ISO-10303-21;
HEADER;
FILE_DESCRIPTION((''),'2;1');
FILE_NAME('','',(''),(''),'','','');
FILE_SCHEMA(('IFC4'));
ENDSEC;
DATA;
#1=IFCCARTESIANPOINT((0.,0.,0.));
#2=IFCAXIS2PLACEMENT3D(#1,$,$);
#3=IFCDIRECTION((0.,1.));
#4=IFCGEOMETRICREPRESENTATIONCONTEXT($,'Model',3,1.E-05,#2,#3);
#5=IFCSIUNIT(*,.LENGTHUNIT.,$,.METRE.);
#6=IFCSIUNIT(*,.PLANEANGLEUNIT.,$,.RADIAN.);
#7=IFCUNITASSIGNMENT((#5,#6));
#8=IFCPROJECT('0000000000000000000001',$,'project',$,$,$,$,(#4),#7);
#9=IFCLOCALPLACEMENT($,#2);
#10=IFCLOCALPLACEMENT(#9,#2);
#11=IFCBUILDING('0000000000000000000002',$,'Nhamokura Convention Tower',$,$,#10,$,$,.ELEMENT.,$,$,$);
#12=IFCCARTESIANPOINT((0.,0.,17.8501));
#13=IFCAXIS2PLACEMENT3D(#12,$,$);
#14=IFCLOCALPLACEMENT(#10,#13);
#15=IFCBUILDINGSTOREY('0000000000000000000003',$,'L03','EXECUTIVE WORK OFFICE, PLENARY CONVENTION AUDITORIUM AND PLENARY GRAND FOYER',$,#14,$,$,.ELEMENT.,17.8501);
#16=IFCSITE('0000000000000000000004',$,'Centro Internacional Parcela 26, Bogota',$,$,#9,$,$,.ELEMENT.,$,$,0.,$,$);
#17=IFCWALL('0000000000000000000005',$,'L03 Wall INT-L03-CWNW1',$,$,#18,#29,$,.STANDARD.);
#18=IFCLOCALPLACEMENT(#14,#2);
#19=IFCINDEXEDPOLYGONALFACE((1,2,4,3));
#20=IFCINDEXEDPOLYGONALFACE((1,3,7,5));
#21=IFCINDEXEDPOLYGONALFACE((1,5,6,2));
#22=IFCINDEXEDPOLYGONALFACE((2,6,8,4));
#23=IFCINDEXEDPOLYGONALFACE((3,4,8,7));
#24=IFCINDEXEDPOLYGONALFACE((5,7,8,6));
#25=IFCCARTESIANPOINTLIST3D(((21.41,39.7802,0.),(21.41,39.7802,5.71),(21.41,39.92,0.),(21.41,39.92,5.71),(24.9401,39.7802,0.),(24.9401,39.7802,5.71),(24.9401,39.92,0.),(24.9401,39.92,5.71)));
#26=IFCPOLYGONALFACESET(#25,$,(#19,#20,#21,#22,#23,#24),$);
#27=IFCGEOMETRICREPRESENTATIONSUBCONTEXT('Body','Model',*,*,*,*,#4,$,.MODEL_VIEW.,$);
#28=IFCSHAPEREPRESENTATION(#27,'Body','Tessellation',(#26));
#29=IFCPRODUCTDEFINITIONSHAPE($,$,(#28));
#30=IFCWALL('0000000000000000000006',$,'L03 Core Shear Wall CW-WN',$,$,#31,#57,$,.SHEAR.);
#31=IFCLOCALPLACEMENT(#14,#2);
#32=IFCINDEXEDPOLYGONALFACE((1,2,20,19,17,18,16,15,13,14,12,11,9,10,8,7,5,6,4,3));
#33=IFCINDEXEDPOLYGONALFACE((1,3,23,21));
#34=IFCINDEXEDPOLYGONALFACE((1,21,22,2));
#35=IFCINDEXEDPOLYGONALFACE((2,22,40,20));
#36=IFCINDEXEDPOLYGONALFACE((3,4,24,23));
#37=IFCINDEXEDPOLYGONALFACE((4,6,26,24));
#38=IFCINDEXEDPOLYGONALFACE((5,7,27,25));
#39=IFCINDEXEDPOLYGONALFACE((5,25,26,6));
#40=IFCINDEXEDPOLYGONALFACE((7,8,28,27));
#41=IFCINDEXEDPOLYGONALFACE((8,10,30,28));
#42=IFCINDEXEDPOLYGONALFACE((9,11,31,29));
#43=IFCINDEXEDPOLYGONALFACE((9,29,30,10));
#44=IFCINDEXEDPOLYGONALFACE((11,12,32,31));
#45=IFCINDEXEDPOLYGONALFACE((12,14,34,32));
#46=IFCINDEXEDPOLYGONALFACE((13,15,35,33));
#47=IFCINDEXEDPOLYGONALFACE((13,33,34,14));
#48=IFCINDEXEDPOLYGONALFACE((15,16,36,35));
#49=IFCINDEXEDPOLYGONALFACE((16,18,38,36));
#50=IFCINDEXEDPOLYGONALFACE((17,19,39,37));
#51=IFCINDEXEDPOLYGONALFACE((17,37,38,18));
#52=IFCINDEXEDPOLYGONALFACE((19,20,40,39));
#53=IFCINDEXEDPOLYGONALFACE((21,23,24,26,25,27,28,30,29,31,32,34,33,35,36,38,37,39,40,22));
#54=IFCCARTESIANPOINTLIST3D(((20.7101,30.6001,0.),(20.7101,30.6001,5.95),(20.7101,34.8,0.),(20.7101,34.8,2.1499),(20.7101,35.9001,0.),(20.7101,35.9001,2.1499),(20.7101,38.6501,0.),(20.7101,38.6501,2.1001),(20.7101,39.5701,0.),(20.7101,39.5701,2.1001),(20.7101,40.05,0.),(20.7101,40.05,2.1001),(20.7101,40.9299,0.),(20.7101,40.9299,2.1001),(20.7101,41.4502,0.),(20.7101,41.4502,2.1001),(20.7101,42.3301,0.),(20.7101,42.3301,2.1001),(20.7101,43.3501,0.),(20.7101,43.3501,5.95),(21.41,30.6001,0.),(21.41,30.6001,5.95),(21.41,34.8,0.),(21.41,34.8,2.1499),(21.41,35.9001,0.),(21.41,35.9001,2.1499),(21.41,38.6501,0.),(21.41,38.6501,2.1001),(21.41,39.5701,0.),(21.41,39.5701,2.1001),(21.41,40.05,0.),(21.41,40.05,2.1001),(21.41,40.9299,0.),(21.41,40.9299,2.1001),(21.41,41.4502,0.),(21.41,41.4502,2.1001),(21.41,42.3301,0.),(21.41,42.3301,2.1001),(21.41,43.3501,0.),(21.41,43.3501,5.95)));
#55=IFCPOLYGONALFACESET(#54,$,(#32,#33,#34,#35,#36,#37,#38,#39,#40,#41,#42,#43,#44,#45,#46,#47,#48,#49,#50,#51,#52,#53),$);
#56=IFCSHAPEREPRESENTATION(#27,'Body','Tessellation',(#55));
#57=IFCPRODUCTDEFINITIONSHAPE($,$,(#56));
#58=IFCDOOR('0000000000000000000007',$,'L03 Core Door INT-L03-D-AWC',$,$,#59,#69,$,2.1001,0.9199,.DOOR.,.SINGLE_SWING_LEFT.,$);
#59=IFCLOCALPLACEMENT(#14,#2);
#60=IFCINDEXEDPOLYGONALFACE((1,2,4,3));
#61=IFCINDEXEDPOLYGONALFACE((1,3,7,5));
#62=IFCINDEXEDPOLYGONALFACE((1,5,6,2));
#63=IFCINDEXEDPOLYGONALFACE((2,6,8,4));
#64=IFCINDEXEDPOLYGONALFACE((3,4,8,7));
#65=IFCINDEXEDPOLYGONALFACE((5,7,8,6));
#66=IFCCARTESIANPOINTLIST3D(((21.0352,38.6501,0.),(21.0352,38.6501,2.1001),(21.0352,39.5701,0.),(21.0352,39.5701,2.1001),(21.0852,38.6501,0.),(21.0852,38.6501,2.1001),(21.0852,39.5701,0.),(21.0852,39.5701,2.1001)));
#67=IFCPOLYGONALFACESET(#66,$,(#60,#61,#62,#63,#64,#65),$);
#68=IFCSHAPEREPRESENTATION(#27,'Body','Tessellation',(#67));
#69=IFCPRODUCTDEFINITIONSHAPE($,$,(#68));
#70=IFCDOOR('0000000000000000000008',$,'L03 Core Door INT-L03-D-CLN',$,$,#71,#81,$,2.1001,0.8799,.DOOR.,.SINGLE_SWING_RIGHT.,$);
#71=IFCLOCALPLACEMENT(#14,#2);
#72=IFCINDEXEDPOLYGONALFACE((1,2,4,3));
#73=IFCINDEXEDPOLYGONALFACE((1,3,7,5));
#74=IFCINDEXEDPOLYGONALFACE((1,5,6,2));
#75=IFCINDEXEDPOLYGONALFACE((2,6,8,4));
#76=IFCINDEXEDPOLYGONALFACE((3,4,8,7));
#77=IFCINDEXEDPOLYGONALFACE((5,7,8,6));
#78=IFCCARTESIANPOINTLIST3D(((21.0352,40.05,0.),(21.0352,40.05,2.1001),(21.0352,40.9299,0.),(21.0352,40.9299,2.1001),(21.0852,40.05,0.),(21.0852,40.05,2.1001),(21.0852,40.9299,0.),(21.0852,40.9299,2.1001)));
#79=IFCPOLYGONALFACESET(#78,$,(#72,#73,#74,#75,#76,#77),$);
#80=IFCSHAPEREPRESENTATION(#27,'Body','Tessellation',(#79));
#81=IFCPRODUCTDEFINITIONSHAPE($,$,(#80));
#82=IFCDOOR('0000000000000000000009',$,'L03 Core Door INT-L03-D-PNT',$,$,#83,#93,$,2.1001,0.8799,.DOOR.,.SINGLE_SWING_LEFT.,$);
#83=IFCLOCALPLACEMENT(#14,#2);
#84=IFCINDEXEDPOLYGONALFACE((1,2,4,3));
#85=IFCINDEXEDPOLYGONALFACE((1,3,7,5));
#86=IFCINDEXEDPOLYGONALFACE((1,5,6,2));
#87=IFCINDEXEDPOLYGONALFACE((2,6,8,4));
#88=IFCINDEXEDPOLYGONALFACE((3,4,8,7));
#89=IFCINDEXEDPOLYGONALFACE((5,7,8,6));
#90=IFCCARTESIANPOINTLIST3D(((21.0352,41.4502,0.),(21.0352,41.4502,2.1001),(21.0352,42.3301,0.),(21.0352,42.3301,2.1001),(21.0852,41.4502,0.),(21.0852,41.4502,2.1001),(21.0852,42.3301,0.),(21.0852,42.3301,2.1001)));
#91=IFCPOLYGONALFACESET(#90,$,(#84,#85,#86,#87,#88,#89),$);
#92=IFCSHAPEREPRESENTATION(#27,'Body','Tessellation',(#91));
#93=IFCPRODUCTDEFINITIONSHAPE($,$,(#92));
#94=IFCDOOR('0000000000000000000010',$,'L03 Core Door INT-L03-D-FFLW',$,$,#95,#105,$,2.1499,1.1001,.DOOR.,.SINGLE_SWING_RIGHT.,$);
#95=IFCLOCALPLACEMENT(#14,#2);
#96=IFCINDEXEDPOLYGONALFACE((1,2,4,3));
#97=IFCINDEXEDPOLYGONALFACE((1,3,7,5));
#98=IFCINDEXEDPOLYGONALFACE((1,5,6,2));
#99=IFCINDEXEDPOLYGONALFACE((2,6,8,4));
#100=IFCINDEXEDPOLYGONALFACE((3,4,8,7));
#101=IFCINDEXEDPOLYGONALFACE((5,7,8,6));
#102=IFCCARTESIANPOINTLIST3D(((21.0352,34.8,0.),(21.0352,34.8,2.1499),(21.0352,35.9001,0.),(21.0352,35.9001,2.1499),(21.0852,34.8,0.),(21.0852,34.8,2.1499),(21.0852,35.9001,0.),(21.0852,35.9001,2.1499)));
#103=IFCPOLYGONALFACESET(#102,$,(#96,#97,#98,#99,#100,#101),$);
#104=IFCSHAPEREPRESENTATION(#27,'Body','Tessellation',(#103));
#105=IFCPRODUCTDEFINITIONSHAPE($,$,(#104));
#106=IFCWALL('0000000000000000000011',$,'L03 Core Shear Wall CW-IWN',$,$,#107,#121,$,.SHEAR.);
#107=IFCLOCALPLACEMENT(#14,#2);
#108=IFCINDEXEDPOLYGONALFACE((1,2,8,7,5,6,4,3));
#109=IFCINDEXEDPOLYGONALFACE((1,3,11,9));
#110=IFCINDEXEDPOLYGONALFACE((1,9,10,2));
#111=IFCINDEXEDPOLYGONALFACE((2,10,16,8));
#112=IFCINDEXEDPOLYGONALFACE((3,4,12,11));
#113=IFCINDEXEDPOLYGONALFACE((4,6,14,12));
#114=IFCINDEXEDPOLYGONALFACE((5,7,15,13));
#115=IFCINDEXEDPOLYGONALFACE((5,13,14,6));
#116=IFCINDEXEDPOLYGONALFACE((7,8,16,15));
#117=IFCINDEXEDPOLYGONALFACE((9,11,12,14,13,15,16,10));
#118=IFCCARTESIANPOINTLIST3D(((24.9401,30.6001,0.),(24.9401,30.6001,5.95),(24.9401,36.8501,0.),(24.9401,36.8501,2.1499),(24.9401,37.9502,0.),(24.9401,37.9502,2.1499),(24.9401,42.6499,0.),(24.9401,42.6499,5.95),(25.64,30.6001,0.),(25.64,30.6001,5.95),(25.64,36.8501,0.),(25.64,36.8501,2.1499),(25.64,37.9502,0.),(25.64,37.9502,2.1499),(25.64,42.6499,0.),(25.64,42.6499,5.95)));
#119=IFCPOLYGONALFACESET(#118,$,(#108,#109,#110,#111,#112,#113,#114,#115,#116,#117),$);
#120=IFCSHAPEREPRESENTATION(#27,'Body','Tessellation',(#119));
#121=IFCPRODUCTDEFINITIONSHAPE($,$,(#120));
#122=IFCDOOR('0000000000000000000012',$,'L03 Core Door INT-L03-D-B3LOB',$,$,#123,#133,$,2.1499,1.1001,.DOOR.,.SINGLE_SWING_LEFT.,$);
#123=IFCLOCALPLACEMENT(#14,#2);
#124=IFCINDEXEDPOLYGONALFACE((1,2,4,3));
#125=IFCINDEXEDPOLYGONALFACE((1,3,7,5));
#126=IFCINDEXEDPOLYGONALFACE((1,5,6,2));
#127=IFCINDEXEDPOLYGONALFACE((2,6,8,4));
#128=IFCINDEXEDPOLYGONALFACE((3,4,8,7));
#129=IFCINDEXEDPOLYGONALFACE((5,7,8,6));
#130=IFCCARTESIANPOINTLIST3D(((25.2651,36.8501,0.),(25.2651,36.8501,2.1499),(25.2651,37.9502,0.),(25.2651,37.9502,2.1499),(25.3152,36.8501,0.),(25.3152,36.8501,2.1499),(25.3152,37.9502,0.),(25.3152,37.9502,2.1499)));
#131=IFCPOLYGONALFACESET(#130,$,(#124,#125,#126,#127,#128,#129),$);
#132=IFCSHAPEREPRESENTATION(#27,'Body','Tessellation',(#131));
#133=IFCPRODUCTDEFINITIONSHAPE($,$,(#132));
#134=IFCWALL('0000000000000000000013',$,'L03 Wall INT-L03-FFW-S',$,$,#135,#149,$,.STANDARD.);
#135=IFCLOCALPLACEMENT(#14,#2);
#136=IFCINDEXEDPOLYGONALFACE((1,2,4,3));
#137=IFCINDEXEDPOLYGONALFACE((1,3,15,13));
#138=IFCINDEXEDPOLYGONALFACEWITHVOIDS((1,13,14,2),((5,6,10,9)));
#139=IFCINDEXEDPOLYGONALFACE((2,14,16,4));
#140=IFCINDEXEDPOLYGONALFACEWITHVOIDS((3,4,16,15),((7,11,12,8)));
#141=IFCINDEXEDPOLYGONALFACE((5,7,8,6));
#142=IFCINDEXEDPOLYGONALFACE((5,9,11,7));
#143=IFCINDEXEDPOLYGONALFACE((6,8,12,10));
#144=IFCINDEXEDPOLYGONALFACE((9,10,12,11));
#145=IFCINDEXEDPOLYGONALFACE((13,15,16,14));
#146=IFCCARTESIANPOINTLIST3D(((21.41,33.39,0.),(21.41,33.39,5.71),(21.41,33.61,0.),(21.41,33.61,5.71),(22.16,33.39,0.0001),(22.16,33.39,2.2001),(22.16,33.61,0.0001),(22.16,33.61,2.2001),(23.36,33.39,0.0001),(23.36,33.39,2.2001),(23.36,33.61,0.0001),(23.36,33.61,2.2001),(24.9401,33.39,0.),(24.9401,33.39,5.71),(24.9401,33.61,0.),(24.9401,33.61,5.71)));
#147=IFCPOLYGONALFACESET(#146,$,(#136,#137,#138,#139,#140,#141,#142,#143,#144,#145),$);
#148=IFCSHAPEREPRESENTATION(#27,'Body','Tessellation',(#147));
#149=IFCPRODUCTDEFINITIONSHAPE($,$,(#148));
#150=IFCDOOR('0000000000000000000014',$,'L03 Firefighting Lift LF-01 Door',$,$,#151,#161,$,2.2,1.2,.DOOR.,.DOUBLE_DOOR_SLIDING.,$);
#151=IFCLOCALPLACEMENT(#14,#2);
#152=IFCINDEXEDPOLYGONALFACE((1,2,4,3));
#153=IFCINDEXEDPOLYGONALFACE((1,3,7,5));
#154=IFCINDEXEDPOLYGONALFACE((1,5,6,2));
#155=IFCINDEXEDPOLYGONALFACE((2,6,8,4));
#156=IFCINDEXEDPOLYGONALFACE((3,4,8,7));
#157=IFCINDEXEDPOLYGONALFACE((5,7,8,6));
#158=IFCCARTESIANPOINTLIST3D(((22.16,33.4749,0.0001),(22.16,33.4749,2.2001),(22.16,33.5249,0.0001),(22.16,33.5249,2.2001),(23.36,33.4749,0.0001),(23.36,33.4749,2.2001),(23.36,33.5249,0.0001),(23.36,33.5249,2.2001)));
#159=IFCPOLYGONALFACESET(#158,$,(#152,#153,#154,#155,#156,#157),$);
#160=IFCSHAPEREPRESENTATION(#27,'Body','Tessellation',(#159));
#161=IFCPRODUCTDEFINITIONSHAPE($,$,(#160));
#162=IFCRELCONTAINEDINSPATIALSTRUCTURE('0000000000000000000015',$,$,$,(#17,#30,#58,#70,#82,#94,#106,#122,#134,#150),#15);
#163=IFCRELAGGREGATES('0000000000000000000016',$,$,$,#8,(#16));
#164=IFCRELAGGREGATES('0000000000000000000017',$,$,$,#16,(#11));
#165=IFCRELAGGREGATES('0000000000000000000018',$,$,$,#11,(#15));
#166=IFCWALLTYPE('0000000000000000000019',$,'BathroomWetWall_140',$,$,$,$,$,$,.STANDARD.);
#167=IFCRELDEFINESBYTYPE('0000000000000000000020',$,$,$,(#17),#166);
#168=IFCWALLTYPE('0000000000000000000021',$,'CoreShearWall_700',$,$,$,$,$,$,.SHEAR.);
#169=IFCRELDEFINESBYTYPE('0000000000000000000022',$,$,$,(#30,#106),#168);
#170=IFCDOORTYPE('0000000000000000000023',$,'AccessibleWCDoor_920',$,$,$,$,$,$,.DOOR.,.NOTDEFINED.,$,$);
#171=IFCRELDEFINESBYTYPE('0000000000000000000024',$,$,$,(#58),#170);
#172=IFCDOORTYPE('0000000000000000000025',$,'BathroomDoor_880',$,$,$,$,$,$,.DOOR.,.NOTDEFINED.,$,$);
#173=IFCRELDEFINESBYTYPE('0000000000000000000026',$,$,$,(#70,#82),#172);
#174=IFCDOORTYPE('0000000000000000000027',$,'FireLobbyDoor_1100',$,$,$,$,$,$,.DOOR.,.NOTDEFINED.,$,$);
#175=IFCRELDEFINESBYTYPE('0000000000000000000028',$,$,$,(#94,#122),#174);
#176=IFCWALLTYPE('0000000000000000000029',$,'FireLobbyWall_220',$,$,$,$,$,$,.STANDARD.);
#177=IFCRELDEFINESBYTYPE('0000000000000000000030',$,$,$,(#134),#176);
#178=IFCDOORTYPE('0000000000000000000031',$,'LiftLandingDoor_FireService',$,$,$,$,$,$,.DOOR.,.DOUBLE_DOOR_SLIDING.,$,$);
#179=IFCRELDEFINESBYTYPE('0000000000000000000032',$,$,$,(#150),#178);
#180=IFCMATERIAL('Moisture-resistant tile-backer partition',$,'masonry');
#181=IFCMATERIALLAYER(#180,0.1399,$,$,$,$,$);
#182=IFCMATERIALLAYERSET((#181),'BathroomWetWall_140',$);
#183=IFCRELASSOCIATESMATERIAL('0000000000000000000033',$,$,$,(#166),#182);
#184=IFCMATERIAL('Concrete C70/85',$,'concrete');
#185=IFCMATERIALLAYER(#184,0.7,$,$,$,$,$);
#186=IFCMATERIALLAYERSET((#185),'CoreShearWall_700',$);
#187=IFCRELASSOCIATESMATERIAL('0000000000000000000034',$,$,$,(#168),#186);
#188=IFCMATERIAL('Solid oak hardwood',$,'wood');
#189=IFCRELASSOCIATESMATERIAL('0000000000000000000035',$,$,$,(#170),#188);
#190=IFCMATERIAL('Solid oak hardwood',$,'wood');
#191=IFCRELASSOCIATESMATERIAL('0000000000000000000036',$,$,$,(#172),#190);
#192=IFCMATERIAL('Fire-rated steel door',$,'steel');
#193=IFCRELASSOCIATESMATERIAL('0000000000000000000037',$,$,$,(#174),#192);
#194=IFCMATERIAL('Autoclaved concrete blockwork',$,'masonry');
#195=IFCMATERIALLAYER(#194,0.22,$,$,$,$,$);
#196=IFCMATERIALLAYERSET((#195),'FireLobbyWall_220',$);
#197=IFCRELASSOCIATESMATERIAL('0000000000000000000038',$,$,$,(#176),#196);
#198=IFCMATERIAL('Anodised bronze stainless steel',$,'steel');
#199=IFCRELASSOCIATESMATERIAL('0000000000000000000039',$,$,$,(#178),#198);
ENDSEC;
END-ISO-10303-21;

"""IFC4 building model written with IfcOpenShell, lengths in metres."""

from ifc_helpers import new_model, si_unit, direction, frame, frame_2d, origin, place, context, subcontext, project, spatial, rectangle, extrude, material, layer, layer_set, type_object, element, fill, save


model = new_model("IFC4")

# Units and contexts
model_context = context("Model", 3, precision=1e-05, world=origin(), true_north=direction((0.0, 1.0)))
body_context = subcontext(model_context, "Body", "Model", "MODEL_VIEW")
ifc_project = project(units=[si_unit("LENGTHUNIT", "METRE"), si_unit("PLANEANGLEUNIT", "RADIAN")], contexts=[model_context])

# Site, building, storey
site_placement = place(None, origin())
site = spatial("IfcSite", under=ifc_project, at=site_placement, Name="Centro Internacional Parcela 26, Bogota", CompositionType="ELEMENT", RefElevation=0.0)
building_placement = place(site_placement, origin())
building = spatial("IfcBuilding", under=site, at=building_placement, Name="Nhamokura Convention Tower", CompositionType="ELEMENT")
storey_placement = place(building_placement, frame((0.0, 0.0, 17.8501)))
storey = spatial("IfcBuildingStorey", under=building, at=storey_placement, Name="L03", Description="EXECUTIVE WORK OFFICE, PLENARY CONVENTION AUDITORIUM AND PLENARY GRAND FOYER", CompositionType="ELEMENT", Elevation=17.8501)

# Wall
ifc_material_1 = material(Name="Moisture-resistant tile-backer partition", Category="masonry")
ifc_layer_1 = layer(ifc_material_1, 0.1399)
ifc_layer_set_1 = layer_set([ifc_layer_1], Name="BathroomWetWall_140")
wall_type_1 = type_object("IfcWallType", Name="BathroomWetWall_140", PredefinedType="STANDARD", material=ifc_layer_set_1)
wall_1_placement = place(storey_placement, frame((21.4099, 39.8501, 0.0), z_axis=(0.0, 0.0, 1.0), x_axis=(1.0, 0.0, 0.0)))
element("IfcWall", 1, at=wall_1_placement, inside=storey, type_object=wall_type_1, Name="L03 Wall INT-L03-CWNW1", PredefinedType="STANDARD", context=body_context, shape_type="SweptSolid", body=[
    extrude(rectangle(XDim=3.53, YDim=0.1399, at=frame_2d((1.7651, 0.0))), origin(), (0.0, 0.0, 1.0), 5.71),
])

# Wall, openings, doors
ifc_material_2 = material(Name="Concrete C70/85", Category="concrete")
ifc_layer_2 = layer(ifc_material_2, 0.7)
ifc_layer_set_2 = layer_set([ifc_layer_2], Name="CoreShearWall_700")
wall_type_2 = type_object("IfcWallType", Name="CoreShearWall_700", PredefinedType="SHEAR", material=ifc_layer_set_2)
wall_2_placement = place(storey_placement, frame((21.0601, 30.6001, 0.0), z_axis=(0.0, 0.0, 1.0), x_axis=(0.0, 1.0, 0.0)))
wall_2 = element("IfcWall", 2, at=wall_2_placement, inside=storey, type_object=wall_type_2, Name="L03 Core Shear Wall CW-WN", PredefinedType="SHEAR", context=body_context, shape_type="SweptSolid", body=[
    extrude(rectangle(XDim=12.75, YDim=0.7, at=frame_2d((6.375, 0.0))), origin(), (0.0, 0.0, 1.0), 5.95),
])
opening_1_placement = place(wall_2_placement, frame((4.2, 0.0, 0.0)))
opening_1 = element("IfcOpeningElement", 3, at=opening_1_placement, cuts=wall_2, PredefinedType="OPENING", context=body_context, shape_type="SweptSolid", body=[
    extrude(rectangle(XDim=1.1001, YDim=2.1499, at=frame_2d((0.55, 1.075))), frame((0.0, 0.3599, 0.0), z_axis=(0.0, -1.0, 0.0), x_axis=(1.0, 0.0, 0.0)), (0.0, 0.0, 1.0), 0.72),
])
opening_2_placement = place(wall_2_placement, frame((8.05, 0.0, 0.0)))
opening_2 = element("IfcOpeningElement", 4, at=opening_2_placement, cuts=wall_2, PredefinedType="OPENING", context=body_context, shape_type="SweptSolid", body=[
    extrude(rectangle(XDim=0.9199, YDim=2.1001, at=frame_2d((0.46, 1.05))), frame((0.0, 0.3599, 0.0), z_axis=(0.0, -1.0, 0.0), x_axis=(1.0, 0.0, 0.0)), (0.0, 0.0, 1.0), 0.72),
])
opening_3_placement = place(wall_2_placement, frame((9.45, 0.0, 0.0)))
opening_3 = element("IfcOpeningElement", 5, at=opening_3_placement, cuts=wall_2, PredefinedType="OPENING", context=body_context, shape_type="SweptSolid", body=[
    extrude(rectangle(XDim=0.8799, YDim=2.1001, at=frame_2d((0.4399, 1.05))), frame((0.0, 0.3599, 0.0), z_axis=(0.0, -1.0, 0.0), x_axis=(1.0, 0.0, 0.0)), (0.0, 0.0, 1.0), 0.72),
])
opening_4_placement = place(wall_2_placement, frame((10.8501, 0.0, 0.0)))
opening_4 = element("IfcOpeningElement", 6, at=opening_4_placement, cuts=wall_2, PredefinedType="OPENING", context=body_context, shape_type="SweptSolid", body=[
    extrude(rectangle(XDim=0.8799, YDim=2.1001, at=frame_2d((0.4399, 1.05))), frame((0.0, 0.3599, 0.0), z_axis=(0.0, -1.0, 0.0), x_axis=(1.0, 0.0, 0.0)), (0.0, 0.0, 1.0), 0.72),
])
ifc_material_3 = material(Name="Solid oak hardwood", Category="wood")
door_type_1 = type_object("IfcDoorType", Name="AccessibleWCDoor_920", OperationType="NOTDEFINED", PredefinedType="DOOR", material=ifc_material_3)
door_1_placement = place(opening_2_placement, origin())
door_1 = element("IfcDoor", 7, at=door_1_placement, inside=storey, type_object=door_type_1, Name="L03 Core Door INT-L03-D-AWC", OperationType="SINGLE_SWING_LEFT", OverallHeight=2.1001, OverallWidth=0.9199, PredefinedType="DOOR", context=body_context, shape_type="SweptSolid", body=[
    extrude(rectangle(XDim=0.9199, YDim=2.1001, at=frame_2d((0.46, 1.05))), frame((0.0, 0.0249, 0.0), z_axis=(0.0, -1.0, 0.0), x_axis=(1.0, 0.0, 0.0)), (0.0, 0.0, 1.0), 0.05),
])
fill(opening_2, door_1)
ifc_material_4 = material(Name="Solid oak hardwood", Category="wood")
door_type_2 = type_object("IfcDoorType", Name="BathroomDoor_880", OperationType="NOTDEFINED", PredefinedType="DOOR", material=ifc_material_4)
door_2_placement = place(opening_3_placement, origin())
door_2 = element("IfcDoor", 8, at=door_2_placement, inside=storey, type_object=door_type_2, Name="L03 Core Door INT-L03-D-CLN", OperationType="SINGLE_SWING_RIGHT", OverallHeight=2.1001, OverallWidth=0.8799, PredefinedType="DOOR", context=body_context, shape_type="SweptSolid", body=[
    extrude(rectangle(XDim=0.8799, YDim=2.1001, at=frame_2d((0.4399, 1.05))), frame((0.0, 0.0249, 0.0), z_axis=(0.0, -1.0, 0.0), x_axis=(1.0, 0.0, 0.0)), (0.0, 0.0, 1.0), 0.05),
])
fill(opening_3, door_2)
door_3_placement = place(opening_4_placement, origin())
door_3 = element("IfcDoor", 9, at=door_3_placement, inside=storey, type_object=door_type_2, Name="L03 Core Door INT-L03-D-PNT", OperationType="SINGLE_SWING_LEFT", OverallHeight=2.1001, OverallWidth=0.8799, PredefinedType="DOOR", context=body_context, shape_type="SweptSolid", body=[
    extrude(rectangle(XDim=0.8799, YDim=2.1001, at=frame_2d((0.4399, 1.05))), frame((0.0, 0.0249, 0.0), z_axis=(0.0, -1.0, 0.0), x_axis=(1.0, 0.0, 0.0)), (0.0, 0.0, 1.0), 0.05),
])
fill(opening_4, door_3)
ifc_material_5 = material(Name="Fire-rated steel door", Category="steel")
door_type_3 = type_object("IfcDoorType", Name="FireLobbyDoor_1100", OperationType="NOTDEFINED", PredefinedType="DOOR", material=ifc_material_5)
door_4_placement = place(opening_1_placement, origin())
door_4 = element("IfcDoor", 10, at=door_4_placement, inside=storey, type_object=door_type_3, Name="L03 Core Door INT-L03-D-FFLW", OperationType="SINGLE_SWING_RIGHT", OverallHeight=2.1499, OverallWidth=1.1001, PredefinedType="DOOR", context=body_context, shape_type="SweptSolid", body=[
    extrude(rectangle(XDim=1.1001, YDim=2.1499, at=frame_2d((0.55, 1.075))), frame((0.0, 0.0249, 0.0), z_axis=(0.0, -1.0, 0.0), x_axis=(1.0, 0.0, 0.0)), (0.0, 0.0, 1.0), 0.05),
])
fill(opening_1, door_4)

# Walls, openings, doors
wall_3_placement = place(storey_placement, frame((25.29, 30.6001, 0.0), z_axis=(0.0, 0.0, 1.0), x_axis=(0.0, 1.0, 0.0)))
wall_3 = element("IfcWall", 11, at=wall_3_placement, inside=storey, type_object=wall_type_2, Name="L03 Core Shear Wall CW-IWN", PredefinedType="SHEAR", context=body_context, shape_type="SweptSolid", body=[
    extrude(rectangle(XDim=12.0498, YDim=0.7, at=frame_2d((6.0249, 0.0))), origin(), (0.0, 0.0, 1.0), 5.95),
])
opening_5_placement = place(wall_3_placement, frame((6.25, 0.0, 0.0)))
opening_5 = element("IfcOpeningElement", 12, at=opening_5_placement, cuts=wall_3, PredefinedType="OPENING", context=body_context, shape_type="SweptSolid", body=[
    extrude(rectangle(XDim=1.1001, YDim=2.1499, at=frame_2d((0.55, 1.075))), frame((0.0, 0.3599, 0.0), z_axis=(0.0, -1.0, 0.0), x_axis=(1.0, 0.0, 0.0)), (0.0, 0.0, 1.0), 0.72),
])
door_5_placement = place(opening_5_placement, origin())
door_5 = element("IfcDoor", 13, at=door_5_placement, inside=storey, type_object=door_type_3, Name="L03 Core Door INT-L03-D-B3LOB", OperationType="SINGLE_SWING_LEFT", OverallHeight=2.1499, OverallWidth=1.1001, PredefinedType="DOOR", context=body_context, shape_type="SweptSolid", body=[
    extrude(rectangle(XDim=1.1001, YDim=2.1499, at=frame_2d((0.55, 1.075))), frame((0.0, 0.0249, 0.0), z_axis=(0.0, -1.0, 0.0), x_axis=(1.0, 0.0, 0.0)), (0.0, 0.0, 1.0), 0.05),
])
fill(opening_5, door_5)
ifc_material_6 = material(Name="Autoclaved concrete blockwork", Category="masonry")
ifc_layer_3 = layer(ifc_material_6, 0.22)
ifc_layer_set_3 = layer_set([ifc_layer_3], Name="FireLobbyWall_220")
wall_type_3 = type_object("IfcWallType", Name="FireLobbyWall_220", PredefinedType="STANDARD", material=ifc_layer_set_3)
wall_4_placement = place(storey_placement, frame((21.4099, 33.5, 0.0), z_axis=(0.0, 0.0, 1.0), x_axis=(1.0, 0.0, 0.0)))
wall_4 = element("IfcWall", 14, at=wall_4_placement, inside=storey, type_object=wall_type_3, Name="L03 Wall INT-L03-FFW-S", PredefinedType="STANDARD", context=body_context, shape_type="SweptSolid", body=[
    extrude(rectangle(XDim=3.53, YDim=0.22, at=frame_2d((1.7651, 0.0))), origin(), (0.0, 0.0, 1.0), 5.71),
])
opening_6_placement = place(wall_4_placement, frame((0.75, 0.0, 0.0)))
opening_6 = element("IfcOpeningElement", 15, at=opening_6_placement, cuts=wall_4, PredefinedType="OPENING", context=body_context, shape_type="SweptSolid", body=[
    extrude(rectangle(XDim=1.2, YDim=2.2, at=frame_2d((0.6001, 1.1001))), frame((0.0, 0.1199, 0.0), z_axis=(0.0, -1.0, 0.0), x_axis=(1.0, 0.0, 0.0)), (0.0, 0.0, 1.0), 0.24),
])
ifc_material_7 = material(Name="Anodised bronze stainless steel", Category="steel")
door_type_4 = type_object("IfcDoorType", Name="LiftLandingDoor_FireService", OperationType="DOUBLE_DOOR_SLIDING", PredefinedType="DOOR", material=ifc_material_7)
door_6_placement = place(opening_6_placement, origin())
door_6 = element("IfcDoor", 16, at=door_6_placement, inside=storey, type_object=door_type_4, Name="L03 Firefighting Lift LF-01 Door", OperationType="DOUBLE_DOOR_SLIDING", OverallHeight=2.2, OverallWidth=1.2, PredefinedType="DOOR", context=body_context, shape_type="SweptSolid", body=[
    extrude(rectangle(XDim=1.2, YDim=2.2, at=frame_2d((0.6001, 1.1001))), frame((0.0, 0.0249, 0.0), z_axis=(0.0, -1.0, 0.0), x_axis=(1.0, 0.0, 0.0)), (0.0, 0.0, 1.0), 0.05),
])
fill(opening_6, door_6)

save(model, "model.ifc")
